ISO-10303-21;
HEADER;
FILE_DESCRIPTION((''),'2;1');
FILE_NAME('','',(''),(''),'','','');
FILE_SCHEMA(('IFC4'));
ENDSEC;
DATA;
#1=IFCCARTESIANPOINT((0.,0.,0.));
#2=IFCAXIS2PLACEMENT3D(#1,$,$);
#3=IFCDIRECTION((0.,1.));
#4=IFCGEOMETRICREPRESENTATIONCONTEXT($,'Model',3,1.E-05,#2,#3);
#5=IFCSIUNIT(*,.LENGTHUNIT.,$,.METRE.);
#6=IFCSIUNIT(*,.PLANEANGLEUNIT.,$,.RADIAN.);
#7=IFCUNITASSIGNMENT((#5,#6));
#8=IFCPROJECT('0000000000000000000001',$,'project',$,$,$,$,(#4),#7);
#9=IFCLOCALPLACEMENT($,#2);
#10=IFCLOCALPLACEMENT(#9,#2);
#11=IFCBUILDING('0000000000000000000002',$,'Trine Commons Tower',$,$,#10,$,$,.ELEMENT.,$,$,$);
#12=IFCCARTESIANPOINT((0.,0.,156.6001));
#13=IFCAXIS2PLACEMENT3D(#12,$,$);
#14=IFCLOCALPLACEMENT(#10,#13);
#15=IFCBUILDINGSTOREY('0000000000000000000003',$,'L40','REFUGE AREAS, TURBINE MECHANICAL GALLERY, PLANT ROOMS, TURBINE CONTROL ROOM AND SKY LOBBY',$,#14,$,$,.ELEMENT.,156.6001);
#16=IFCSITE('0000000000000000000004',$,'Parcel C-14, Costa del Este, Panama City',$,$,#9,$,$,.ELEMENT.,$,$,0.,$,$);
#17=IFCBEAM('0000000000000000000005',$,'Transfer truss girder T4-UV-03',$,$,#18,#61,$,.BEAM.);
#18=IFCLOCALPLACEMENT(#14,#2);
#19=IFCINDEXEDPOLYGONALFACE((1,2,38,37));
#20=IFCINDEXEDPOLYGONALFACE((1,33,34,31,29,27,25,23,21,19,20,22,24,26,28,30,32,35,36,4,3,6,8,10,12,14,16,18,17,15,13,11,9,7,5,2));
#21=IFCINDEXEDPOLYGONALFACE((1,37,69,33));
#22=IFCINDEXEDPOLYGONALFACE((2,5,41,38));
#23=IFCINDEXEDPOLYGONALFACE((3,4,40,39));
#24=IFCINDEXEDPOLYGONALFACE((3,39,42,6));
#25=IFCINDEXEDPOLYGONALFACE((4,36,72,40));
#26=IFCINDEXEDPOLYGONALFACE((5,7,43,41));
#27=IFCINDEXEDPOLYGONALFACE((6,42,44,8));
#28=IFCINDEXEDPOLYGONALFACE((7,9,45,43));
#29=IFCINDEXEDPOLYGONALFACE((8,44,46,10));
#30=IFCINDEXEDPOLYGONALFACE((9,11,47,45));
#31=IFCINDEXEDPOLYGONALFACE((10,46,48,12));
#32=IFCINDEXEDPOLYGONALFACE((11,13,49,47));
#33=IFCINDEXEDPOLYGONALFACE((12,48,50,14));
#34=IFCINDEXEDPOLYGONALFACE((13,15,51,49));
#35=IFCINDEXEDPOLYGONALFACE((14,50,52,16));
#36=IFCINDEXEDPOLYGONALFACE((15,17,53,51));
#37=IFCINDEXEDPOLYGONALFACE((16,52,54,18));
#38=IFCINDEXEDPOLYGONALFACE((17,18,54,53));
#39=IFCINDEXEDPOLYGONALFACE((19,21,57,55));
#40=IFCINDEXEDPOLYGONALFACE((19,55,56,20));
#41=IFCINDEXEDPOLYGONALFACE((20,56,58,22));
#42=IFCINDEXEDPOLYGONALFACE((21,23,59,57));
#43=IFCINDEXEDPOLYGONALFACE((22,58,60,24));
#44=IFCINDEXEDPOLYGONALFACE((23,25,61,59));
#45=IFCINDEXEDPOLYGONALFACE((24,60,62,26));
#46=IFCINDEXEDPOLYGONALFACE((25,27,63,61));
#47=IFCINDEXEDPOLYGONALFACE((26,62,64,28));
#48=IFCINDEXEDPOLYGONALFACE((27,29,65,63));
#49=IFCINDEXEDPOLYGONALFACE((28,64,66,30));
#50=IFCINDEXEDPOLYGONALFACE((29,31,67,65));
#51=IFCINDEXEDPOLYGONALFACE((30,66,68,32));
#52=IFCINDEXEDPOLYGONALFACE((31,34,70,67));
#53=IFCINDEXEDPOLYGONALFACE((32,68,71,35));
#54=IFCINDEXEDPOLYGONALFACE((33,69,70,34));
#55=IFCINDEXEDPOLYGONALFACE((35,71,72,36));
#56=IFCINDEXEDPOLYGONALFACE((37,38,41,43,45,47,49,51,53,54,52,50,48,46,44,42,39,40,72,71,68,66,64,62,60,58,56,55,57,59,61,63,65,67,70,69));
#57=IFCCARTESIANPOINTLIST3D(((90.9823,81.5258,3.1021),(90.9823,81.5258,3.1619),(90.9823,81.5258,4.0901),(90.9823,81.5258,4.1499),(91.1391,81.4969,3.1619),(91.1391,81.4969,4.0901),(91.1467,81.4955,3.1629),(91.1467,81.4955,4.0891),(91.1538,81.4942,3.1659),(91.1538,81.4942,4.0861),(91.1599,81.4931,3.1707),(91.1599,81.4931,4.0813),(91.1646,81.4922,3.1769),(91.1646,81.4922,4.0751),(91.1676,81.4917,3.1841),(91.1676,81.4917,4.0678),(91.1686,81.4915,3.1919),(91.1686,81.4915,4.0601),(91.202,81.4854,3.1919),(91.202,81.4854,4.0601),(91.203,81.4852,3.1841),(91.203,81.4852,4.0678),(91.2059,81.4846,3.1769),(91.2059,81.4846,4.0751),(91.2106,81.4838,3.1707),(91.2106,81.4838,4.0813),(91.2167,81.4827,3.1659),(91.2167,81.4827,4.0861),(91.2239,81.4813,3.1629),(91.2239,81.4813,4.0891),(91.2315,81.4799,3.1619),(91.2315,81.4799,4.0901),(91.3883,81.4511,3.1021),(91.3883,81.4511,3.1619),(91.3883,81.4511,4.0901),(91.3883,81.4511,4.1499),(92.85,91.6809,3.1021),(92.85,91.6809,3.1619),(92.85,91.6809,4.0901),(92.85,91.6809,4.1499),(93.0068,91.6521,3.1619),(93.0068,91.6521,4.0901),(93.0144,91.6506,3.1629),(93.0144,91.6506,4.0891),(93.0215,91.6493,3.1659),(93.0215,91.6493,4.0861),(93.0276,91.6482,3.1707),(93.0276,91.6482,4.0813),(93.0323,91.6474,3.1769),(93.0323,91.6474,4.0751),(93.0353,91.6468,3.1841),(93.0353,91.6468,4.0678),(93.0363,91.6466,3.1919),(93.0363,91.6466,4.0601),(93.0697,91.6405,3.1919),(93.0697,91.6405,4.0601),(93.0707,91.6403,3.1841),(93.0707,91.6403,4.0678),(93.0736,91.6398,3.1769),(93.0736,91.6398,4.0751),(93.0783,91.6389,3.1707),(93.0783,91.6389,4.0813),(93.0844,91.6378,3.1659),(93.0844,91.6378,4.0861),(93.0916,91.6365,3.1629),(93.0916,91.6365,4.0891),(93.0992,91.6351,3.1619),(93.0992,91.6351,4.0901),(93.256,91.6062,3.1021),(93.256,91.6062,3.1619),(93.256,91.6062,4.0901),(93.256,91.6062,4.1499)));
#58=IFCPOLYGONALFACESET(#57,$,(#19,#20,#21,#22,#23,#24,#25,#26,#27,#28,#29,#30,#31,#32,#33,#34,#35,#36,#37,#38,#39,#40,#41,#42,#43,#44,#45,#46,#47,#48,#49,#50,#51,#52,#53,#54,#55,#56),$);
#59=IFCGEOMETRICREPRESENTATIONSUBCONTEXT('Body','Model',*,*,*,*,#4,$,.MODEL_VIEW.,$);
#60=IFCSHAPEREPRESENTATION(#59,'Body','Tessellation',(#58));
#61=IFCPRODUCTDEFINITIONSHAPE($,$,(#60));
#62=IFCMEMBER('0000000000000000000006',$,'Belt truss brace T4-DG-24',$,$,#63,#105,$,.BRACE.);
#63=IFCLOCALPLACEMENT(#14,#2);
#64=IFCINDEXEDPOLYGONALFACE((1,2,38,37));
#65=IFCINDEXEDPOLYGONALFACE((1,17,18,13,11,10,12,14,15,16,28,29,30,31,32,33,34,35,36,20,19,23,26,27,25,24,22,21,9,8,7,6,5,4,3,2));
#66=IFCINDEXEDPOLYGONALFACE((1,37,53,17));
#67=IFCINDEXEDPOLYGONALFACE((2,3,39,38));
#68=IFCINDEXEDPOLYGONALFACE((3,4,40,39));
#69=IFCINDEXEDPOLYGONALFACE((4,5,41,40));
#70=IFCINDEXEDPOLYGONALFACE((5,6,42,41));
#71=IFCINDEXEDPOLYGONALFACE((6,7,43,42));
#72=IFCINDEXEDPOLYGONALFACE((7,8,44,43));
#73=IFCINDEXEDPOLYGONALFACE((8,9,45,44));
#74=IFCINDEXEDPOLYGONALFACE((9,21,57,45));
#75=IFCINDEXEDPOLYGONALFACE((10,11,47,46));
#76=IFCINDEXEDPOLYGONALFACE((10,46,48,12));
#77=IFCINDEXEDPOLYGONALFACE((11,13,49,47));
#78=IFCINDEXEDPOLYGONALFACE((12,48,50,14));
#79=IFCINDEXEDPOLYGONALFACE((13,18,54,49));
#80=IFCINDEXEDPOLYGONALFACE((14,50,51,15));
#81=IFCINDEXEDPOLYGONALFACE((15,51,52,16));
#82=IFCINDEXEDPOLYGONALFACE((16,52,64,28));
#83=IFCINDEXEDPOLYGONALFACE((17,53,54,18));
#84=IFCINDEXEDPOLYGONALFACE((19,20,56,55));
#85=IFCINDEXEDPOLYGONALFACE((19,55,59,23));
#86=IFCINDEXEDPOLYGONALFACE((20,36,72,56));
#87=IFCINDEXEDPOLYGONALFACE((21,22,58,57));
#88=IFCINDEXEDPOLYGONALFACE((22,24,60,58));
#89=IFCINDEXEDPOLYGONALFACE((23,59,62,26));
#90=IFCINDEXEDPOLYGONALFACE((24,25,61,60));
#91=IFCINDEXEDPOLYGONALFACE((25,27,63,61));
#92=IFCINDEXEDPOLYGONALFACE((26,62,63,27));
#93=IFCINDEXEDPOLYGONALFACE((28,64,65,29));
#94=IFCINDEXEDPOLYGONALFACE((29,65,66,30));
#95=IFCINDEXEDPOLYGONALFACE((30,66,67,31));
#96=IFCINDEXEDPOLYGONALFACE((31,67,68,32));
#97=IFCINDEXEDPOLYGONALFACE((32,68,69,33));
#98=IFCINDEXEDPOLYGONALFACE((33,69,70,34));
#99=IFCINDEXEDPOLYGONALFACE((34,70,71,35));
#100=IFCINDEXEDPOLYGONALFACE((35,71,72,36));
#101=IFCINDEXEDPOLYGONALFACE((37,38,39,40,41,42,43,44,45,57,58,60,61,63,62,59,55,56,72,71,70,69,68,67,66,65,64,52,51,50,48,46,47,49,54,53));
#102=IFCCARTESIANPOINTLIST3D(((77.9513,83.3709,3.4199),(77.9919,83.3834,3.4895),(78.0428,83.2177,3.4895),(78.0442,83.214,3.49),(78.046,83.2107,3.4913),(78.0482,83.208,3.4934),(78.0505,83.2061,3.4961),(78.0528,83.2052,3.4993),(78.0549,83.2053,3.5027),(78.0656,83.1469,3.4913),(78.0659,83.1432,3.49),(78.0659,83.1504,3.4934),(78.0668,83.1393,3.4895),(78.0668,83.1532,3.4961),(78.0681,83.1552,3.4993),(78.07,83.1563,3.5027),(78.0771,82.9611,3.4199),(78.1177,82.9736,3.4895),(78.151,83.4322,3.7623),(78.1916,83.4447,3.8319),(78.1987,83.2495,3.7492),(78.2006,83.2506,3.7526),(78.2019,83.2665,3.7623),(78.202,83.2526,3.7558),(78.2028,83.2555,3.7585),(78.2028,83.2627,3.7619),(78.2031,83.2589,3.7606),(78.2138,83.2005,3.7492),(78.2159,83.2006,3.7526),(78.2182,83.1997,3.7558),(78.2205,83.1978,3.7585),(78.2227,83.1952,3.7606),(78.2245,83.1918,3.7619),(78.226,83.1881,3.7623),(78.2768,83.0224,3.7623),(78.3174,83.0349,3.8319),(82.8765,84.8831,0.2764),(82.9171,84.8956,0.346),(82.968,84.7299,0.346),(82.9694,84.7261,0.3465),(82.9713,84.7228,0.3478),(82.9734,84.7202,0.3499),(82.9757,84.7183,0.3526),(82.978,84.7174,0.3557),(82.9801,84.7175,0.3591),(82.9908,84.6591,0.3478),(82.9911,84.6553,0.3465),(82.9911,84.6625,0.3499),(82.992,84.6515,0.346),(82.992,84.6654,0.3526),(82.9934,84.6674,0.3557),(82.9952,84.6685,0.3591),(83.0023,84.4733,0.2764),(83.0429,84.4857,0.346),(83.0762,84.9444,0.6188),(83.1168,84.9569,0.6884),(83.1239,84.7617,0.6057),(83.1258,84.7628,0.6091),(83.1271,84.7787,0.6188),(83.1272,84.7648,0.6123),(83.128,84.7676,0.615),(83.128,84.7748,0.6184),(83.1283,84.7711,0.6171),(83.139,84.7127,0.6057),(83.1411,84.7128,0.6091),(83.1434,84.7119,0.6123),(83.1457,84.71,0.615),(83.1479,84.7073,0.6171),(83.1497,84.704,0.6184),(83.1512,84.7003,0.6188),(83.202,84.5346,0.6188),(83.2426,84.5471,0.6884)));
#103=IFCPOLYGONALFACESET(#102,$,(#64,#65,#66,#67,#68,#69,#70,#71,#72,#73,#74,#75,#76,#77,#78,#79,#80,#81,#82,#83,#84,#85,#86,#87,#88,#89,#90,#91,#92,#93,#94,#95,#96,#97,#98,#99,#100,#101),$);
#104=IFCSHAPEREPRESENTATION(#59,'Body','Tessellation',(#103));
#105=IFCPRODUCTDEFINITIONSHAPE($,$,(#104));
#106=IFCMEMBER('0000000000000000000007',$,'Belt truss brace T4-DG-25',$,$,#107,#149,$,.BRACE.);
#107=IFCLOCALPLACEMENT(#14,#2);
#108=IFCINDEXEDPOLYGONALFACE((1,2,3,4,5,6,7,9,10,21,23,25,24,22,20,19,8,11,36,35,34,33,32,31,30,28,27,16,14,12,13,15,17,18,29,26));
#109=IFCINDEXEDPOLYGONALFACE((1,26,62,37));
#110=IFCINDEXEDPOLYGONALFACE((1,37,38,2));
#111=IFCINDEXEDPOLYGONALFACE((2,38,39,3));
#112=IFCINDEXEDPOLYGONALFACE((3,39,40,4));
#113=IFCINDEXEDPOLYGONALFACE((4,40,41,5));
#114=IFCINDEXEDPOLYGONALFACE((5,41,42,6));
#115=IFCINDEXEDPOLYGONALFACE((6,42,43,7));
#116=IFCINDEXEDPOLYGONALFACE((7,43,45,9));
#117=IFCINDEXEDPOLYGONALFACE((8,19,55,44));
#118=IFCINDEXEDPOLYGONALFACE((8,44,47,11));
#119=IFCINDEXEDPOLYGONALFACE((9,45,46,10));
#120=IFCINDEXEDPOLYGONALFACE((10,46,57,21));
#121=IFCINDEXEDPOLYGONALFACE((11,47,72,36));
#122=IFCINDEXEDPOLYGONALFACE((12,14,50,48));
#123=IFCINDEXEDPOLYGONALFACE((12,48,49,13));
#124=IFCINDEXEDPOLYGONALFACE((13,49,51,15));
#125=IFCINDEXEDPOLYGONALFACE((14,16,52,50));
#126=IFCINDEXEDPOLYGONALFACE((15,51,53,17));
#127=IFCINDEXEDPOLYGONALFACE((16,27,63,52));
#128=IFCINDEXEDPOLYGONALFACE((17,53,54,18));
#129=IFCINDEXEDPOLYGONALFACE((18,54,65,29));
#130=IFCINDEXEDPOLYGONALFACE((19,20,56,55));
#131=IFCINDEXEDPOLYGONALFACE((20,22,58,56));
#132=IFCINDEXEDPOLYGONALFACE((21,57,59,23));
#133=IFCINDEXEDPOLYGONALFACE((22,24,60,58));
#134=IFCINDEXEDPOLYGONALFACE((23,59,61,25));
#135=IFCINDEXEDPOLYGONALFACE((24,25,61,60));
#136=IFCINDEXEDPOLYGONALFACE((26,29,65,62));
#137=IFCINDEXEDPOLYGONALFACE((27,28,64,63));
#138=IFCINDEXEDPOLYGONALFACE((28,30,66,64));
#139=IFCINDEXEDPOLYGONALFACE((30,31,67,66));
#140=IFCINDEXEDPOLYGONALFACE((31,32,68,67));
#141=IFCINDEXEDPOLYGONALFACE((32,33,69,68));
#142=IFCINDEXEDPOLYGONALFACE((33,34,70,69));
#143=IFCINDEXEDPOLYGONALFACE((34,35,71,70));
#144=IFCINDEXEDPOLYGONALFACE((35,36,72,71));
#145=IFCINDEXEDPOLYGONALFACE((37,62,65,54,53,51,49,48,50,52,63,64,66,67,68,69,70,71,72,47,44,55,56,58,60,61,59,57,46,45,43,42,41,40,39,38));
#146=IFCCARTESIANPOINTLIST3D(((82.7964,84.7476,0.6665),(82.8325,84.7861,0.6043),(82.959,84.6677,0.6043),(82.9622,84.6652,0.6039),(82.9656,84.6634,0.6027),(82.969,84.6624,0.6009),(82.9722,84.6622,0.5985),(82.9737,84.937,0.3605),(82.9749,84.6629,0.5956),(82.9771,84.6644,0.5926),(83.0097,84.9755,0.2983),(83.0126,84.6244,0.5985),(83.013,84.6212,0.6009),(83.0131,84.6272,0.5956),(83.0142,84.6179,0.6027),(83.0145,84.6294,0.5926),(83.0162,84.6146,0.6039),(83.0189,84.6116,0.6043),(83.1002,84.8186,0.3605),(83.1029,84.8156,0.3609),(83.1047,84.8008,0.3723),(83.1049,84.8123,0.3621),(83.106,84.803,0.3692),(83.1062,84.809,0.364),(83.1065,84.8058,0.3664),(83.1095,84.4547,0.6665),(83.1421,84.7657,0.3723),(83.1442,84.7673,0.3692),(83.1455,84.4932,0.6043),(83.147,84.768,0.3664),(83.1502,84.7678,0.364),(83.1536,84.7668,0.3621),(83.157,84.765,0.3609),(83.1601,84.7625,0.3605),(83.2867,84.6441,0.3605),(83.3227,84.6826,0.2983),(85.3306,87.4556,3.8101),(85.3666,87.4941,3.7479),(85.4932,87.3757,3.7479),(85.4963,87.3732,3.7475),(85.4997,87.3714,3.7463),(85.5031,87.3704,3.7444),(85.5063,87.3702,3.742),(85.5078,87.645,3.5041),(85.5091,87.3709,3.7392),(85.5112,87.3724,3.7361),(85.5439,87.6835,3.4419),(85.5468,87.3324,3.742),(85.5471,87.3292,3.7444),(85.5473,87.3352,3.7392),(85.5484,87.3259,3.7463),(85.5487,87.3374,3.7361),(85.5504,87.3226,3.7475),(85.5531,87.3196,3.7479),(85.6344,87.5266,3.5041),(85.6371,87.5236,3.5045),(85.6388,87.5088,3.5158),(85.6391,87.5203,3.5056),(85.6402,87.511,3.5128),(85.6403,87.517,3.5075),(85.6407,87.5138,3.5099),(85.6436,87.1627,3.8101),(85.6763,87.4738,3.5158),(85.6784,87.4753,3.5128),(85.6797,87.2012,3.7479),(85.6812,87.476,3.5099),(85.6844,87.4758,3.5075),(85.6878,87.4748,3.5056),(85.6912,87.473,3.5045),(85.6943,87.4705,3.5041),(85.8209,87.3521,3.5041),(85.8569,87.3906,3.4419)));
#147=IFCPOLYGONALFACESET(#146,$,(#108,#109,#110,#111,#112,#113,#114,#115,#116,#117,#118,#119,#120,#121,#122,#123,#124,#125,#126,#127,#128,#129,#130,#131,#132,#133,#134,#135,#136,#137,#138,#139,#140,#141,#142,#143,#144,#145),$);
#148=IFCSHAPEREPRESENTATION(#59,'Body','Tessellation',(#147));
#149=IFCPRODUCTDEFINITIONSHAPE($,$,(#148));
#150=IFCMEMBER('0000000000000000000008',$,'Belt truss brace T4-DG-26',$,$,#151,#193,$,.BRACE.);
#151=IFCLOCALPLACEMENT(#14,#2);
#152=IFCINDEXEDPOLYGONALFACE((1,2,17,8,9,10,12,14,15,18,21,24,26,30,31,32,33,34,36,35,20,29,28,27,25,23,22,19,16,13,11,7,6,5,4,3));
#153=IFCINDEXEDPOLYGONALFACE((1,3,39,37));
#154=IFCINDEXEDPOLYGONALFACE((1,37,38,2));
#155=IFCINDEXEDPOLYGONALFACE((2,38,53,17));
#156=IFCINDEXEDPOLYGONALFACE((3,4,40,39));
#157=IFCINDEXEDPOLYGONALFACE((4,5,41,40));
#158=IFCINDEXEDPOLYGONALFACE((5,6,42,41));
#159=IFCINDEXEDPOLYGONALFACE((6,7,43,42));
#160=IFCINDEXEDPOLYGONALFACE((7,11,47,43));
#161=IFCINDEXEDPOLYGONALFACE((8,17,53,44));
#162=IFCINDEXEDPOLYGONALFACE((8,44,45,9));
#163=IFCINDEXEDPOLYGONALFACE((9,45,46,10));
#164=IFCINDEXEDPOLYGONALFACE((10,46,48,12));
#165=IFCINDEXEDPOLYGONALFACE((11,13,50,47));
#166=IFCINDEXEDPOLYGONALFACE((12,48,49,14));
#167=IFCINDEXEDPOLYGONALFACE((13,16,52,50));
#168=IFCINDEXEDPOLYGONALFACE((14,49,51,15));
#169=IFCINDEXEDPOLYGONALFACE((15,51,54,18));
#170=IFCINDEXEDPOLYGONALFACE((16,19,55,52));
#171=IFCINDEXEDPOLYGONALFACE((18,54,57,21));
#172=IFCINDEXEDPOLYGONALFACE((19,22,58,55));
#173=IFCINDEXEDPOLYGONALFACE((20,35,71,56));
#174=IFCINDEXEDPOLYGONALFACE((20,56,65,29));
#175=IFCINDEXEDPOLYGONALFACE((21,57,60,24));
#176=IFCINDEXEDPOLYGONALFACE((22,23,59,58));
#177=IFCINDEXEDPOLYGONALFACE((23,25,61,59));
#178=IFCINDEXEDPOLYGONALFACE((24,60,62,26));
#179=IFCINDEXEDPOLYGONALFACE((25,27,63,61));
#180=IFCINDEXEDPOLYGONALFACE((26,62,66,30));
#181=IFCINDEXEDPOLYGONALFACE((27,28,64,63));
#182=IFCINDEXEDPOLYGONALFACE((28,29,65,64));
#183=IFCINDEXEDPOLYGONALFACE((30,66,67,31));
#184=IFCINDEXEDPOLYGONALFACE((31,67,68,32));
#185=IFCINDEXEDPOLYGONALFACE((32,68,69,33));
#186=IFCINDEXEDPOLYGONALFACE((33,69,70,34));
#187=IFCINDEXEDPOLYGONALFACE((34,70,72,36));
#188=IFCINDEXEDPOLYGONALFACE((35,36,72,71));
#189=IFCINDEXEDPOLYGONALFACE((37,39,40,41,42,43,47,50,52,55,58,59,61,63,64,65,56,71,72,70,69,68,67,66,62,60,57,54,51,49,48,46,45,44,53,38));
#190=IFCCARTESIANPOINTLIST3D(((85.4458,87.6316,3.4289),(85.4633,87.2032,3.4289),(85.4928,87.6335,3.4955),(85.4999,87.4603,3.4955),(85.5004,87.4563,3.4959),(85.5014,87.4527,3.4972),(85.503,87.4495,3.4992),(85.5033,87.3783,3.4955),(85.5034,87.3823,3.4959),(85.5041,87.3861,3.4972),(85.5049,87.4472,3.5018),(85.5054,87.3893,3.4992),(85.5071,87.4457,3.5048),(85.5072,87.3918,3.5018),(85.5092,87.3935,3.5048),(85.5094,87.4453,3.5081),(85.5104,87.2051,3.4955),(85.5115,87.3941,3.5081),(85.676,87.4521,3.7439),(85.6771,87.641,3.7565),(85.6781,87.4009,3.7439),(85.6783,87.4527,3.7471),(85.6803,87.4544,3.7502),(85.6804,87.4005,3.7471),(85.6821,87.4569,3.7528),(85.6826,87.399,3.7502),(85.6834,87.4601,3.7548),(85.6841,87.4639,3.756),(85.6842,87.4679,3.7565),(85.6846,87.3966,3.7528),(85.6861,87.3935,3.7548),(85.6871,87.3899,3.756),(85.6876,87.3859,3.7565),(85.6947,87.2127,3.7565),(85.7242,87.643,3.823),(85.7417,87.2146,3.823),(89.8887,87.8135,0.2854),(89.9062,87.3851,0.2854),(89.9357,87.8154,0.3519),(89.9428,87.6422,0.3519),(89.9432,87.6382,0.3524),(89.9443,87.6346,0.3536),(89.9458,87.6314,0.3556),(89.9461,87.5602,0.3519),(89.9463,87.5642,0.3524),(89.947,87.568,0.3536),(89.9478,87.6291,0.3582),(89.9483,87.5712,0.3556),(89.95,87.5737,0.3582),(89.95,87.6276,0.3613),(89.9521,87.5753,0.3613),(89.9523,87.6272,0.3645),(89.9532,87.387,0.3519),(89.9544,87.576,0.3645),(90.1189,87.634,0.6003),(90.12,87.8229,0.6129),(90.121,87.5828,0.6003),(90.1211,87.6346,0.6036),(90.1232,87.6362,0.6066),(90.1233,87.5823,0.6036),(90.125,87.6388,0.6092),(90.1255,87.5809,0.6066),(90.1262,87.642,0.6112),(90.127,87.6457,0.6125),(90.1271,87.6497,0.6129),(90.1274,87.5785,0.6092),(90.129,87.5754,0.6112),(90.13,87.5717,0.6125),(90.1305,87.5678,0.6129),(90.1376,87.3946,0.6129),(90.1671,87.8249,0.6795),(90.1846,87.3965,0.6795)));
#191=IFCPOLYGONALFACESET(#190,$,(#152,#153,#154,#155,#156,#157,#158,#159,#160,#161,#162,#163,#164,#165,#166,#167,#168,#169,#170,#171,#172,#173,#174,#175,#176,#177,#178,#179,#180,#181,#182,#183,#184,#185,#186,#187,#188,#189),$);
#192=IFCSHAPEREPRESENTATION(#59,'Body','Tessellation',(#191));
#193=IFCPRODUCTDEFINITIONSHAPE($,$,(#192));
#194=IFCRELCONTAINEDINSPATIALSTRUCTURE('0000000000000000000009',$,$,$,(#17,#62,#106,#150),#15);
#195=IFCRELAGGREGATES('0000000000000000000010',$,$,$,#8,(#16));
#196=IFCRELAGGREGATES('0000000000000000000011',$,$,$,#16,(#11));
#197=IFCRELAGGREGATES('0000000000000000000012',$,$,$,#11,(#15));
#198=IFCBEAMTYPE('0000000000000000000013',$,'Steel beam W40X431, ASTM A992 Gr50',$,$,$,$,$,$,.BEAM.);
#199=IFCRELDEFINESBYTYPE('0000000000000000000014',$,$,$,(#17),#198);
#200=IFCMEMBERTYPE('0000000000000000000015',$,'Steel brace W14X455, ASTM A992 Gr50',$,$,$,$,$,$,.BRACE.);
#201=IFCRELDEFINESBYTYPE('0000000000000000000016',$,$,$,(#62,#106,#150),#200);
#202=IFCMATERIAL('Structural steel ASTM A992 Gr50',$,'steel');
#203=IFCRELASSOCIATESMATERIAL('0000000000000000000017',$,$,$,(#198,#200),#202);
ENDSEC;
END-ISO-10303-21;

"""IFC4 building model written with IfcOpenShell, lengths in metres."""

from ifc_helpers import new_model, si_unit, direction, frame, origin, origin_2d, place, context, subcontext, project, spatial, i_section, extrude, material, material_profile, profile_set, type_object, element, save


model = new_model("IFC4")

# Units and contexts
model_context = context("Model", 3, precision=1e-05, world=origin(), true_north=direction((0.0, 1.0)))
body_context = subcontext(model_context, "Body", "Model", "MODEL_VIEW")
ifc_project = project(units=[si_unit("LENGTHUNIT", "METRE"), si_unit("PLANEANGLEUNIT", "RADIAN")], contexts=[model_context])

# Site, building, storey
site_placement = place(None, origin())
site = spatial("IfcSite", under=ifc_project, at=site_placement, Name="Parcel C-14, Costa del Este, Panama City", CompositionType="ELEMENT", RefElevation=0.0)
building_placement = place(site_placement, origin())
building = spatial("IfcBuilding", under=site, at=building_placement, Name="Trine Commons Tower", CompositionType="ELEMENT")
storey_placement = place(building_placement, frame((0.0, 0.0, 156.6001)))
storey = spatial("IfcBuildingStorey", under=building, at=storey_placement, Name="L40", Description="REFUGE AREAS, TURBINE MECHANICAL GALLERY, PLANT ROOMS, TURBINE CONTROL ROOM AND SKY LOBBY", CompositionType="ELEMENT", Elevation=156.6001)

# Beam
ifc_material_1 = material(Name="Structural steel ASTM A992 Gr50", Category="steel")
ifc_material_profile_1 = material_profile(ifc_material_1, i_section(OverallWidth=0.4128, OverallDepth=1.0479, WebThickness=0.0339, FlangeThickness=0.0598, FilletRadius=0.03, at=origin_2d()), Name="W40X431")
ifc_profile_set_1 = profile_set([ifc_material_profile_1], Name="Structural steel ASTM A992 Gr50")
beam_type = type_object("IfcBeamType", Name="Steel beam W40X431, ASTM A992 Gr50", PredefinedType="BEAM", material=ifc_profile_set_1)
beam_placement = place(storey_placement, frame((93.053, 91.6436, 3.626), z_axis=(-0.180883, -0.983505, 0.0), x_axis=(0.983505, -0.180883, 0.0)))
element("IfcBeam", 1, at=beam_placement, inside=storey, type_object=beam_type, Name="Transfer truss girder T4-UV-03", PredefinedType="BEAM", context=body_context, shape_type="SweptSolid", body=[
    extrude(i_section(OverallWidth=0.4128, OverallDepth=1.0479, WebThickness=0.0339, FlangeThickness=0.0598, FilletRadius=0.03, at=origin_2d()), origin(), (0.0, 0.0, 1.0), 10.3254),
])

# Members
ifc_material_profile_2 = material_profile(ifc_material_1, i_section(OverallWidth=0.4287, OverallDepth=0.4827, WebThickness=0.0513, FlangeThickness=0.0815, FilletRadius=0.0154, at=origin_2d()), Name="W14X455")
ifc_profile_set_2 = profile_set([ifc_material_profile_2], Name="Structural steel ASTM A992 Gr50")
member_type_1 = type_object("IfcMemberType", Name="Steel brace W14X455, ASTM A992 Gr50", PredefinedType="BRACE", material=ifc_profile_set_2)
member_1_placement = place(storey_placement, frame((83.0596, 84.7151, 0.4824), z_axis=(-0.816054, -0.250552, 0.520844), x_axis=(0.293506, -0.955957, 0.0)))
element("IfcMember", 2, at=member_1_placement, inside=storey, type_object=member_type_1, Name="Belt truss brace T4-DG-24", PredefinedType="BRACE", context=body_context, shape_type="SweptSolid", body=[
    extrude(i_section(OverallWidth=0.4287, OverallDepth=0.4827, WebThickness=0.0513, FlangeThickness=0.0815, FilletRadius=0.0154, at=origin_2d()), origin(), (0.0, 0.0, 1.0), 6.0354),
])
member_2_placement = place(storey_placement, frame((83.0596, 84.7151, 0.4824), z_axis=(0.521241, 0.556994, 0.64658), x_axis=(-0.730153, 0.683284, 0.0)))
element("IfcMember", 3, at=member_2_placement, inside=storey, type_object=member_type_1, Name="Belt truss brace T4-DG-25", PredefinedType="BRACE", context=body_context, shape_type="SweptSolid", body=[
    extrude(i_section(OverallWidth=0.4287, OverallDepth=0.4827, WebThickness=0.0513, FlangeThickness=0.0815, FilletRadius=0.0154, at=origin_2d()), origin(), (0.0, 0.0, 1.0), 4.8618),
])
member_3_placement = place(storey_placement, frame((90.0366, 87.605, 0.4824), z_axis=(-0.81587, -0.033401, 0.577269), x_axis=(0.040904, -0.999163, 0.0)))
element("IfcMember", 4, at=member_3_placement, inside=storey, type_object=member_type_1, Name="Belt truss brace T4-DG-26", PredefinedType="BRACE", context=body_context, shape_type="SweptSolid", body=[
    extrude(i_section(OverallWidth=0.4287, OverallDepth=0.4827, WebThickness=0.0513, FlangeThickness=0.0815, FilletRadius=0.0154, at=origin_2d()), origin(), (0.0, 0.0, 1.0), 5.4456),
])

save(model, "model.ifc")
